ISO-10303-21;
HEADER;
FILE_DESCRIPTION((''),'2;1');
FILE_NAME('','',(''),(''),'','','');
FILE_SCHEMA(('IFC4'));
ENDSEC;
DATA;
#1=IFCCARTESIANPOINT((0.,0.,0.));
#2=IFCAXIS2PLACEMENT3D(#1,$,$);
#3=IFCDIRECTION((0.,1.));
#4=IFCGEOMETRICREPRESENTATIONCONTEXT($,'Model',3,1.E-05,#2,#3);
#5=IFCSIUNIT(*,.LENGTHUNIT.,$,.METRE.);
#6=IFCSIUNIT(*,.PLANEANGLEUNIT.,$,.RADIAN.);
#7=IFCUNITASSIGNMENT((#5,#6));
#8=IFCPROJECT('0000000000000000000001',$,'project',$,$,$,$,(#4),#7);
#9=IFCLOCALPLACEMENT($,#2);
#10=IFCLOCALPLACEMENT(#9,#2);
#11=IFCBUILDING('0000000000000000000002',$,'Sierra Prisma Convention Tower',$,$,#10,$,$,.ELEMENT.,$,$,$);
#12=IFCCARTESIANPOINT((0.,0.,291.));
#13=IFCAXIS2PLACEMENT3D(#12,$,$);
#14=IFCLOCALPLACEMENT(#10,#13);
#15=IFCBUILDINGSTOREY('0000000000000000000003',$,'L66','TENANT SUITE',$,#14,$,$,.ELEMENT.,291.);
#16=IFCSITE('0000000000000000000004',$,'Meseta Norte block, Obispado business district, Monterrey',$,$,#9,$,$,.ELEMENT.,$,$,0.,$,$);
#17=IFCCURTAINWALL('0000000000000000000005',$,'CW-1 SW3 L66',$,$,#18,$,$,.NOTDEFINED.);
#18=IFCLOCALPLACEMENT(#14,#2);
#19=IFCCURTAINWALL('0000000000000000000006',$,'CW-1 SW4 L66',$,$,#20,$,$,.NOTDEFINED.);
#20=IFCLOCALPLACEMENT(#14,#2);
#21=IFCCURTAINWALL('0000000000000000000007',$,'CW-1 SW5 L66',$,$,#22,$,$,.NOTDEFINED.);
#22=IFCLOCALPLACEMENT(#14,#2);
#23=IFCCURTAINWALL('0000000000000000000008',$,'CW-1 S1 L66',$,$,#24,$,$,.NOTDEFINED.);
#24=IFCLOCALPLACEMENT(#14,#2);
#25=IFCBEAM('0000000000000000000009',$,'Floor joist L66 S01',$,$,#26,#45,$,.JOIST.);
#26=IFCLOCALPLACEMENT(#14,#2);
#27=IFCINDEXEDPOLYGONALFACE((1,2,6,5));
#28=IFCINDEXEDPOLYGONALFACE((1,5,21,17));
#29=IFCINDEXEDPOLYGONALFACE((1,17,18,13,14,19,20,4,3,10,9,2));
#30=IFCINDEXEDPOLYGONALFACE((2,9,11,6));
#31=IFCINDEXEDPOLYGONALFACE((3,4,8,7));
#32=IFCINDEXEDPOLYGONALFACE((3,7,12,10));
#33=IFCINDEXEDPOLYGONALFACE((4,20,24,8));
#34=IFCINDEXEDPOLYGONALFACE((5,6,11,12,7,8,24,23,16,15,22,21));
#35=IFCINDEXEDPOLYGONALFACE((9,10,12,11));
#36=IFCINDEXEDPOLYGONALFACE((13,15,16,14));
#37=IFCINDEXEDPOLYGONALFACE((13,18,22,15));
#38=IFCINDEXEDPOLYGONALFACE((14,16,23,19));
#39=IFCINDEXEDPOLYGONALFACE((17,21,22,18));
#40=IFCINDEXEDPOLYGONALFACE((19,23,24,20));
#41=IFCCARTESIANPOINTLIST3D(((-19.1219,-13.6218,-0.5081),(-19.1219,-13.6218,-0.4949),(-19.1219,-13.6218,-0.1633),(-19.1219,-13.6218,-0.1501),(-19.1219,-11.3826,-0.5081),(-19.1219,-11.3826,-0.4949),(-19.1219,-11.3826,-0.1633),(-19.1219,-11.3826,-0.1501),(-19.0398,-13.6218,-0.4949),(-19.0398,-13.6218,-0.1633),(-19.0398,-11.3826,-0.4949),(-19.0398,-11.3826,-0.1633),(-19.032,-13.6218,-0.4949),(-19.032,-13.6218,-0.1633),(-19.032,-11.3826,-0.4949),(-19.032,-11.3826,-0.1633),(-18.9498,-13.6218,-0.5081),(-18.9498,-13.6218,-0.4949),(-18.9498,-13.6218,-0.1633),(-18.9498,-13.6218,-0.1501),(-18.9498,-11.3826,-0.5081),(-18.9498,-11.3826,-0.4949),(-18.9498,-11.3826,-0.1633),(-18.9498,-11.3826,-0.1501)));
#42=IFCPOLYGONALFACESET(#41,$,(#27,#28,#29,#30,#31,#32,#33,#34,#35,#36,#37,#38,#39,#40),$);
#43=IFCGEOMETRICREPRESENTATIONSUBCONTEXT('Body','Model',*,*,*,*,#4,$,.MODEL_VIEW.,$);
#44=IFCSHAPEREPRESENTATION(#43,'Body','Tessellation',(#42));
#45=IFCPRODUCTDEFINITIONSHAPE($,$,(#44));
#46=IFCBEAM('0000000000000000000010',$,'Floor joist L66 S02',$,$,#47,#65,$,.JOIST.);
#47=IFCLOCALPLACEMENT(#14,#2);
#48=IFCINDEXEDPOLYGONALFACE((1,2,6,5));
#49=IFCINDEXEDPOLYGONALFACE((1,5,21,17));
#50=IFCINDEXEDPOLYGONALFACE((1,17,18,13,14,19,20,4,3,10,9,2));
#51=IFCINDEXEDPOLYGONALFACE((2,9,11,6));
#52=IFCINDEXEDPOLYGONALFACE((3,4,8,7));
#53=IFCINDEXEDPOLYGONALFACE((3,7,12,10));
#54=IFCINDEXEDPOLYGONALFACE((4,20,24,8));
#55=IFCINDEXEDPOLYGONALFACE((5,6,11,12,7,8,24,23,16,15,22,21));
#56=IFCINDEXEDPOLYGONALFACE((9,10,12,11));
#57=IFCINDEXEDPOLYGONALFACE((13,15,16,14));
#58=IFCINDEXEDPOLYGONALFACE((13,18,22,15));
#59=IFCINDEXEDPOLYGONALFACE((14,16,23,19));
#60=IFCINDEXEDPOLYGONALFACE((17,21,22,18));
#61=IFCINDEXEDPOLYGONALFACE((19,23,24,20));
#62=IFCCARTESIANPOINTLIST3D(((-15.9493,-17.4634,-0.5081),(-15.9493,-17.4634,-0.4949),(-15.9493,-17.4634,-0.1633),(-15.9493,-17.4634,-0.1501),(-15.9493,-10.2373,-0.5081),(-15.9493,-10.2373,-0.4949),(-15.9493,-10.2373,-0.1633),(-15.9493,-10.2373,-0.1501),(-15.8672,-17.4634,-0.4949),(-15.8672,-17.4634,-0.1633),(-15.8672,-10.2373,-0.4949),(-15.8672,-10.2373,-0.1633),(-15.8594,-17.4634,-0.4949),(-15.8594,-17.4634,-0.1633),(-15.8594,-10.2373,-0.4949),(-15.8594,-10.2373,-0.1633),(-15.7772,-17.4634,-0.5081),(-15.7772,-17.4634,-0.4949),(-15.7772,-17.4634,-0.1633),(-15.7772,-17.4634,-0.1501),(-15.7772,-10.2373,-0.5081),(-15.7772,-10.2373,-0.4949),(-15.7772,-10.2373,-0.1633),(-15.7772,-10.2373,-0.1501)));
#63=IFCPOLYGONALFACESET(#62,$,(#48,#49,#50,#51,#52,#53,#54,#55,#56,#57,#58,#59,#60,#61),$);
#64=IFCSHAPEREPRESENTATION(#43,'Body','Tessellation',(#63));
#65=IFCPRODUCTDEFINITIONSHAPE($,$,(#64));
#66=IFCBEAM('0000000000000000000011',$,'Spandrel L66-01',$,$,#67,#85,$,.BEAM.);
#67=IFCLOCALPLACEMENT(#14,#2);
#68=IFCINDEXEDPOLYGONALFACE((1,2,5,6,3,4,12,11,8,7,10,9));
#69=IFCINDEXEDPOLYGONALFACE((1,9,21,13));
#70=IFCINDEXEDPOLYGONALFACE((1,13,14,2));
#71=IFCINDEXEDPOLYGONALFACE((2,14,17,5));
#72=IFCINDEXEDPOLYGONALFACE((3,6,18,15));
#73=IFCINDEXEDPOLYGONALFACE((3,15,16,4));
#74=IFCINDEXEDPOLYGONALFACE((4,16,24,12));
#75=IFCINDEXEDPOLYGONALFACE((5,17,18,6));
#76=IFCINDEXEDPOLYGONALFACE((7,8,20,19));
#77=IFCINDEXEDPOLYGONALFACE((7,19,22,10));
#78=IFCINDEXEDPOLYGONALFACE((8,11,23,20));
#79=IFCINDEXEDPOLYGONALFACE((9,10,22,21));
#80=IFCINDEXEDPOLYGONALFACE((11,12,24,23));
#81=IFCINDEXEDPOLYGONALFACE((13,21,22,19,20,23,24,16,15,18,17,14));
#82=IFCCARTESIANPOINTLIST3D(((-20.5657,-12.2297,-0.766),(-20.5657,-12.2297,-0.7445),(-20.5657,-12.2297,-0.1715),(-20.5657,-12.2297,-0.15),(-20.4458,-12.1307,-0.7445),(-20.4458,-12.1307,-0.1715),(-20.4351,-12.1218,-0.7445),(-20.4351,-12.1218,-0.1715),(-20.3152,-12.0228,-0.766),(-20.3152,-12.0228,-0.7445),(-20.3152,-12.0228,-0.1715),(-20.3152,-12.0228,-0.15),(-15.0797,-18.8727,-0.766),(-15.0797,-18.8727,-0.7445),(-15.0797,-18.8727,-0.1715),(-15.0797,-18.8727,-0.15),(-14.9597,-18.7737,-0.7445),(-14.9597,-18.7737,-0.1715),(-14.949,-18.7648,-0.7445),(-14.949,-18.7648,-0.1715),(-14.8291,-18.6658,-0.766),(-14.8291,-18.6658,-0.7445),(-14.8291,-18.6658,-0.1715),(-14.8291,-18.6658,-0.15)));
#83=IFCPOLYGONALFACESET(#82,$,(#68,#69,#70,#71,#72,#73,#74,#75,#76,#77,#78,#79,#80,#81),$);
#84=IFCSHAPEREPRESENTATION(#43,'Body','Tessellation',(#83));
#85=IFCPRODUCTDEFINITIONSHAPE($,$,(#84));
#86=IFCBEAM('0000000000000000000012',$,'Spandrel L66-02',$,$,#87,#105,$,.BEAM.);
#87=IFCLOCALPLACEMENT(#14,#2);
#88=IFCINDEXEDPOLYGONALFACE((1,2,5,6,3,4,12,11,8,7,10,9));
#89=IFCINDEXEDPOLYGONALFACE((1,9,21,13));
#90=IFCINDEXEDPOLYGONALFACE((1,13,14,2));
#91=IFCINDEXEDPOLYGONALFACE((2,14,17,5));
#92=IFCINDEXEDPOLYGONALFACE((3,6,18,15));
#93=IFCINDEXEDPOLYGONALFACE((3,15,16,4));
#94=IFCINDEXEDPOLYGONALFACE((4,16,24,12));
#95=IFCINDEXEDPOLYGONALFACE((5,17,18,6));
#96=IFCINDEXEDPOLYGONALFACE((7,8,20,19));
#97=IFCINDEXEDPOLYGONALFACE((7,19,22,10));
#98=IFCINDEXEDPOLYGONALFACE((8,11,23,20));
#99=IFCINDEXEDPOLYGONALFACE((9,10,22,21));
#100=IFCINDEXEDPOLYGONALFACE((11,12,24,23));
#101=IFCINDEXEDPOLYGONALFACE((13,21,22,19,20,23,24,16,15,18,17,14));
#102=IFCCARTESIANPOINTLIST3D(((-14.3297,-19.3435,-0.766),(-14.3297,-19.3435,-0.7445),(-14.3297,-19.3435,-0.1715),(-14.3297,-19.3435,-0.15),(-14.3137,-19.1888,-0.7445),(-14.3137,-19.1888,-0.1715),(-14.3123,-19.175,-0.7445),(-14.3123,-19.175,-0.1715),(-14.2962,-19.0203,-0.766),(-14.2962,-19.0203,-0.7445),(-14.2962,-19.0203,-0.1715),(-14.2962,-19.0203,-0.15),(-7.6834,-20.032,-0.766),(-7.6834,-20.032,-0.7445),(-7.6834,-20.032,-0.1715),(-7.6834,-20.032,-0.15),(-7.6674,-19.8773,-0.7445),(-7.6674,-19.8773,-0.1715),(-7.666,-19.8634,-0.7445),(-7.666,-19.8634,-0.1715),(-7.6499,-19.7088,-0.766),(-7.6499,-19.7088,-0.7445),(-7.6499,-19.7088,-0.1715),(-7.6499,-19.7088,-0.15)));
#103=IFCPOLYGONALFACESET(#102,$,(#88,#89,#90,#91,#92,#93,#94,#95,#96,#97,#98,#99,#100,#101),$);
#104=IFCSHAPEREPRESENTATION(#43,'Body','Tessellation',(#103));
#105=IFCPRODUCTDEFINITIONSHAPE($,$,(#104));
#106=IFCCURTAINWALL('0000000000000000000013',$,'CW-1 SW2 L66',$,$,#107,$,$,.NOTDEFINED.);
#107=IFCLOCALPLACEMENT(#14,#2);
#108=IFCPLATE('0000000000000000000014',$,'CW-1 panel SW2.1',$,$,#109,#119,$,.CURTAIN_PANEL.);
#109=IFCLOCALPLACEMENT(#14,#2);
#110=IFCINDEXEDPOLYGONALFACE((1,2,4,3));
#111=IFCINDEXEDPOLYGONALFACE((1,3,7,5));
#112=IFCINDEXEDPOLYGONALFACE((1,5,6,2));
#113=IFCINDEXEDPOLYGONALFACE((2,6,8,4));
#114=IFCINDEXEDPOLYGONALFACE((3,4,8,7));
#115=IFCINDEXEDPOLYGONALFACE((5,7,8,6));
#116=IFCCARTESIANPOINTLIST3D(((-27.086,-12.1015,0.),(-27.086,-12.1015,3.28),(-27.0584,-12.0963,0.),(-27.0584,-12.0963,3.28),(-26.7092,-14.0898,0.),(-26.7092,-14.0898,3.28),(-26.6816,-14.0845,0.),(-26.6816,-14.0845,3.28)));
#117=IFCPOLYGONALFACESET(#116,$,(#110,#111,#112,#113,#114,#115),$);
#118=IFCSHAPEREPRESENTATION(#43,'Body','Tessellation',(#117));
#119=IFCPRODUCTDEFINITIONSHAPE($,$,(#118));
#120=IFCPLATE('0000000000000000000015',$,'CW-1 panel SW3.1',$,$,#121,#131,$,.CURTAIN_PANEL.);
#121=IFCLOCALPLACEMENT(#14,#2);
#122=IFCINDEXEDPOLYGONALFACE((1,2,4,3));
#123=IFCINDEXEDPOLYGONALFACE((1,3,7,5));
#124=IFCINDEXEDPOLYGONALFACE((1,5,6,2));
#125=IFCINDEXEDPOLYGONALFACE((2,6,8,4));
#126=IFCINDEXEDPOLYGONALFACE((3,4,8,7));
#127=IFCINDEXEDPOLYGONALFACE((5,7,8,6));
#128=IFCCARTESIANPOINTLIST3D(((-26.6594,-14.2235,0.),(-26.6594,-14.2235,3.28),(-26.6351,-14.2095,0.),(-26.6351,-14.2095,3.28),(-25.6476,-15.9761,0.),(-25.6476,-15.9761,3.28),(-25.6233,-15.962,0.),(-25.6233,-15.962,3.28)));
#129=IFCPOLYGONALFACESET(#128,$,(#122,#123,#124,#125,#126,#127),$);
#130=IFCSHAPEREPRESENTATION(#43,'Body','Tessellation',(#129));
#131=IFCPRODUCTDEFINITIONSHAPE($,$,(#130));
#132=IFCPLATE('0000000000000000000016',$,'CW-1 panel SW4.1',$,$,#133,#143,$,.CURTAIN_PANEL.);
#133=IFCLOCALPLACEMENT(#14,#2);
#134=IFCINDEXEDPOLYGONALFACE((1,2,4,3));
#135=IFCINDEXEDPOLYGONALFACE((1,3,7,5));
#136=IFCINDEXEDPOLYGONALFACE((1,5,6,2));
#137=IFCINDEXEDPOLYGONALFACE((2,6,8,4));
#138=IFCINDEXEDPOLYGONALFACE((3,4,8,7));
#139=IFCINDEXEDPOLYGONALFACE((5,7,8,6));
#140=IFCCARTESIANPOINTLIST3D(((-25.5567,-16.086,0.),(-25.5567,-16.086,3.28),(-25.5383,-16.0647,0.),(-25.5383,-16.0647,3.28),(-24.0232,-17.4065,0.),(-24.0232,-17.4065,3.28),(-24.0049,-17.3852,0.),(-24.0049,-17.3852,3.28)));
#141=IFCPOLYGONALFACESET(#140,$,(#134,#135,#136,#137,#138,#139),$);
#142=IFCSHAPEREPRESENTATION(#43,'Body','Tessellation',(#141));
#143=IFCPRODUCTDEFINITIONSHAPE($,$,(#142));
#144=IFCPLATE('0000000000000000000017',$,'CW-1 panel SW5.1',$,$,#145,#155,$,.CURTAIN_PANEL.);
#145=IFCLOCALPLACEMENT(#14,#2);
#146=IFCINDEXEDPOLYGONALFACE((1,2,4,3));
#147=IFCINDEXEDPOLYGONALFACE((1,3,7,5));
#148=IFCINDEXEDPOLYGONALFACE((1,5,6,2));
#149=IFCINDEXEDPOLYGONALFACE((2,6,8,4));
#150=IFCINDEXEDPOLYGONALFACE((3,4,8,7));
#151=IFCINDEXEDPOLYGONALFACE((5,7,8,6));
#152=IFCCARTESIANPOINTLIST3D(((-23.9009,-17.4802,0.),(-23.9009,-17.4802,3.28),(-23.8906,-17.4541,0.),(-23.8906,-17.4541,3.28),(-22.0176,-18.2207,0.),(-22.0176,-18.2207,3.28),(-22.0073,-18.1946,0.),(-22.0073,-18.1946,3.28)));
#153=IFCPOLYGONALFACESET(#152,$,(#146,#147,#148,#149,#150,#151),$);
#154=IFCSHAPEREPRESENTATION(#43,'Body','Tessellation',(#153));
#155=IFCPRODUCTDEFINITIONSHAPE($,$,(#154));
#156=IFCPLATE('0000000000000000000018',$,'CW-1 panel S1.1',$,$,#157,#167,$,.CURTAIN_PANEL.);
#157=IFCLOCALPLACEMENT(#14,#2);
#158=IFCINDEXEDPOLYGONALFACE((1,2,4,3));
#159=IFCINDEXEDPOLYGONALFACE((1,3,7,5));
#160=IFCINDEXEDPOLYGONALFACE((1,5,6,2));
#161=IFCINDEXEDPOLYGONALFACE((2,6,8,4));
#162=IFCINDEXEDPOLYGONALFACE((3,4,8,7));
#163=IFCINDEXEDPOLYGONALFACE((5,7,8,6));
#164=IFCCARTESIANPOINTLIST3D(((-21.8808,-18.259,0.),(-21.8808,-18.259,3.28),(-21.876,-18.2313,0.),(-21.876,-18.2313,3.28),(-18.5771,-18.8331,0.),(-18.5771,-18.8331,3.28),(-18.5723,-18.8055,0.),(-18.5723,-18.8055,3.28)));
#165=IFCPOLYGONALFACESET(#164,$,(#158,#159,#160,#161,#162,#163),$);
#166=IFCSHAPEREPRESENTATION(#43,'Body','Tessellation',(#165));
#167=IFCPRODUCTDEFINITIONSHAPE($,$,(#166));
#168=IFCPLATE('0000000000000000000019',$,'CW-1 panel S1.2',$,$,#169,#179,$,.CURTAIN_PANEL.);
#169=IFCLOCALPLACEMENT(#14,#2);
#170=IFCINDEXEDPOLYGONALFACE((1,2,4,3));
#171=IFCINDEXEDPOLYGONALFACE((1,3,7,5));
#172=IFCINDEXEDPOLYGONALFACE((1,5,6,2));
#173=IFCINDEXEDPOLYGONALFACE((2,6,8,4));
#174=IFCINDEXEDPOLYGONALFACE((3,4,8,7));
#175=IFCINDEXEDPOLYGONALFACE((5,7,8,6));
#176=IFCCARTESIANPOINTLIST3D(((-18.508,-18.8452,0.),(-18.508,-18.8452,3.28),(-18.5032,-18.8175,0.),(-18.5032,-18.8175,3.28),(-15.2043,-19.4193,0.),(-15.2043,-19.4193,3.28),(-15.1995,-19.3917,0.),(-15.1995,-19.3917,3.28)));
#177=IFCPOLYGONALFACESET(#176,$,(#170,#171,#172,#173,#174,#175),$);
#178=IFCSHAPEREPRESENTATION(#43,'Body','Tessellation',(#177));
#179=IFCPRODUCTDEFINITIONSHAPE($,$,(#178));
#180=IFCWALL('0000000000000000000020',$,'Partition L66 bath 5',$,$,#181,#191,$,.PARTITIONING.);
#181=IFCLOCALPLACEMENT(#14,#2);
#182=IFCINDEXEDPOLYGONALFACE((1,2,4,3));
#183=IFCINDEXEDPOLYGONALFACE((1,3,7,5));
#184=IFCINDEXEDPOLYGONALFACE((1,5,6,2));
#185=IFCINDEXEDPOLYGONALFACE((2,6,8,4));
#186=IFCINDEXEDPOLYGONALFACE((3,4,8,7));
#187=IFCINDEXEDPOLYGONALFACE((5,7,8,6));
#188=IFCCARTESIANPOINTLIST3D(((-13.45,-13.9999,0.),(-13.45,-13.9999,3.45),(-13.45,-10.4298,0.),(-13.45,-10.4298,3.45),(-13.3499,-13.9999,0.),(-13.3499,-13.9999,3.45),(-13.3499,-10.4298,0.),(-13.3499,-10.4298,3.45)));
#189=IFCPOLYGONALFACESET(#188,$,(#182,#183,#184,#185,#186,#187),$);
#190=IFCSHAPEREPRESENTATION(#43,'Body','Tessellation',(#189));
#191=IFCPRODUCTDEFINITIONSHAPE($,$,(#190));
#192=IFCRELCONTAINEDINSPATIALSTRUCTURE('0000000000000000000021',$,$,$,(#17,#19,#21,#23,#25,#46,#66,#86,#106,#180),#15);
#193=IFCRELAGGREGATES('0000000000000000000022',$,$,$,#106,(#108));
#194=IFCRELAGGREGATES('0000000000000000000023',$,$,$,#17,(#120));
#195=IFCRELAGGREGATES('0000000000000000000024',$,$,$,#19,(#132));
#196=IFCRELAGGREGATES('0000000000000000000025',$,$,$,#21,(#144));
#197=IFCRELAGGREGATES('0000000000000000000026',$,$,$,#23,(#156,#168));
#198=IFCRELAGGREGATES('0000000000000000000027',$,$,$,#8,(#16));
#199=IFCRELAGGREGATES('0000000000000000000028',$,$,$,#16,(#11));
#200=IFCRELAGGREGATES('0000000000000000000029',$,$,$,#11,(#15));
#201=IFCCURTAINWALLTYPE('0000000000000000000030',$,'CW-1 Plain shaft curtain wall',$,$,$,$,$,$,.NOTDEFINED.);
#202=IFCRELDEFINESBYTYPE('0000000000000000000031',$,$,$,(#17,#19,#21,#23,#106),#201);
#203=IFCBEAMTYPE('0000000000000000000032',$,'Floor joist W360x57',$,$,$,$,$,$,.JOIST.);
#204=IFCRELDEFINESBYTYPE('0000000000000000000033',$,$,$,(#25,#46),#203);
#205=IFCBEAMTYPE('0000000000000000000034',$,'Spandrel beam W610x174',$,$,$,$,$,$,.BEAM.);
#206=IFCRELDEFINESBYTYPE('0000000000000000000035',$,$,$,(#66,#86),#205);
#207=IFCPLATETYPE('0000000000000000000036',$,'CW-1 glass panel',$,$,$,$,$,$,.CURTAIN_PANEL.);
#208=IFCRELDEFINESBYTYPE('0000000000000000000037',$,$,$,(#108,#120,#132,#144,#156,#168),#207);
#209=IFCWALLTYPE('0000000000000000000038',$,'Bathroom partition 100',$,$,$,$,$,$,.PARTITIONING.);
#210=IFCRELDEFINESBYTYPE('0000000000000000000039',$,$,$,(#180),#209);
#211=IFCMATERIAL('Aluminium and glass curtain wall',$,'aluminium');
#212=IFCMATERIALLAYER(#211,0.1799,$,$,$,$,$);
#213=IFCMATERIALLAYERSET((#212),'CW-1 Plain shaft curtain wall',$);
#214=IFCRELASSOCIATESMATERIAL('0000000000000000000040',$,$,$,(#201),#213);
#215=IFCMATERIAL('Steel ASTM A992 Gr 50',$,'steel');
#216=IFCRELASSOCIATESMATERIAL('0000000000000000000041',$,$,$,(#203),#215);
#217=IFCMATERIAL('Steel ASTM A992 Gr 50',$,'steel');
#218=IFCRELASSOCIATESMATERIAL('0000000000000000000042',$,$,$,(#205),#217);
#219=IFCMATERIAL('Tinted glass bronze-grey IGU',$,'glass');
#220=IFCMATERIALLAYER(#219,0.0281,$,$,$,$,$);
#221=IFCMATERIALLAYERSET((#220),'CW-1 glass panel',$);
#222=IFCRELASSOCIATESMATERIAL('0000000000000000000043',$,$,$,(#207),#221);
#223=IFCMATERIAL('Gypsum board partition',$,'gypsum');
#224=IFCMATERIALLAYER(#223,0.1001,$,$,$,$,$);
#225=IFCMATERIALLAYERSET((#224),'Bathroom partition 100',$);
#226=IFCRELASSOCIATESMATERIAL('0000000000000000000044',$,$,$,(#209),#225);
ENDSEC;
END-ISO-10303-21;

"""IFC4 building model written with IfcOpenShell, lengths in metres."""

from ifc_helpers import new_model, si_unit, direction, frame, frame_2d, origin, origin_2d, place, context, subcontext, project, spatial, rectangle, i_section, extrude, material, layer, layer_set, material_profile, profile_set, type_object, element, aggregate, save


model = new_model("IFC4")

# Units and contexts
model_context = context("Model", 3, precision=1e-05, world=origin(), true_north=direction((0.0, 1.0)))
body_context = subcontext(model_context, "Body", "Model", "MODEL_VIEW")
ifc_project = project(units=[si_unit("LENGTHUNIT", "METRE"), si_unit("PLANEANGLEUNIT", "RADIAN")], contexts=[model_context])

# Site, building, storey
site_placement = place(None, origin())
site = spatial("IfcSite", under=ifc_project, at=site_placement, Name="Meseta Norte block, Obispado business district, Monterrey", CompositionType="ELEMENT", RefElevation=0.0)
building_placement = place(site_placement, origin())
building = spatial("IfcBuilding", under=site, at=building_placement, Name="Sierra Prisma Convention Tower", CompositionType="ELEMENT")
storey_placement = place(building_placement, frame((0.0, 0.0, 291.0)))
storey = spatial("IfcBuildingStorey", under=building, at=storey_placement, Name="L66", Description="TENANT SUITE", CompositionType="ELEMENT", Elevation=291.0)

# Curtain walls
ifc_material_1 = material(Name="Aluminium and glass curtain wall", Category="aluminium")
ifc_layer_1 = layer(ifc_material_1, 0.1799)
ifc_layer_set_1 = layer_set([ifc_layer_1], Name="CW-1 Plain shaft curtain wall")
curtain_wall_type = type_object("IfcCurtainWallType", Name="CW-1 Plain shaft curtain wall", PredefinedType="NOTDEFINED", material=ifc_layer_set_1)
curtain_wall_1_placement = place(storey_placement, origin())
curtain_wall_1 = element("IfcCurtainWall", 1, at=curtain_wall_1_placement, inside=storey, type_object=curtain_wall_type, Name="CW-1 SW3 L66", PredefinedType="NOTDEFINED")
curtain_wall_2_placement = place(storey_placement, origin())
curtain_wall_2 = element("IfcCurtainWall", 2, at=curtain_wall_2_placement, inside=storey, type_object=curtain_wall_type, Name="CW-1 SW4 L66", PredefinedType="NOTDEFINED")
curtain_wall_3_placement = place(storey_placement, origin())
curtain_wall_3 = element("IfcCurtainWall", 3, at=curtain_wall_3_placement, inside=storey, type_object=curtain_wall_type, Name="CW-1 SW5 L66", PredefinedType="NOTDEFINED")

# Curtain wall
curtain_wall_4_placement = place(storey_placement, origin())
curtain_wall_4 = element("IfcCurtainWall", 4, at=curtain_wall_4_placement, inside=storey, type_object=curtain_wall_type, Name="CW-1 S1 L66", PredefinedType="NOTDEFINED")

# Beams
ifc_material_2 = material(Name="Steel ASTM A992 Gr 50", Category="steel")
ifc_material_profile_1 = material_profile(ifc_material_2, i_section(OverallWidth=0.1721, OverallDepth=0.3579, WebThickness=0.0078, FlangeThickness=0.0132, at=origin_2d()), Name="W360x57")
ifc_profile_set_1 = profile_set([ifc_material_profile_1], Name="Steel ASTM A992 Gr 50")
beam_type_1 = type_object("IfcBeamType", Name="Floor joist W360x57", PredefinedType="JOIST", material=ifc_profile_set_1)
beam_1_placement = place(storey_placement, frame((-19.0359, -13.6218, -0.3291), z_axis=(0.0, 1.0, 0.0), x_axis=(-1.0, 0.0, 0.0)))
element("IfcBeam", 5, at=beam_1_placement, inside=storey, type_object=beam_type_1, Name="Floor joist L66 S01", PredefinedType="JOIST", context=body_context, shape_type="SweptSolid", body=[
    extrude(i_section(OverallWidth=0.1721, OverallDepth=0.3579, WebThickness=0.0078, FlangeThickness=0.0132, at=origin_2d()), origin(), (0.0, 0.0, 1.0), 2.2393),
])
beam_2_placement = place(storey_placement, frame((-15.8633, -17.4634, -0.3291), z_axis=(0.0, 1.0, 0.0), x_axis=(-1.0, 0.0, 0.0)))
element("IfcBeam", 6, at=beam_2_placement, inside=storey, type_object=beam_type_1, Name="Floor joist L66 S02", PredefinedType="JOIST", context=body_context, shape_type="SweptSolid", body=[
    extrude(i_section(OverallWidth=0.1721, OverallDepth=0.3579, WebThickness=0.0078, FlangeThickness=0.0132, at=origin_2d()), origin(), (0.0, 0.0, 1.0), 7.2261),
])
ifc_material_3 = material(Name="Steel ASTM A992 Gr 50", Category="steel")
ifc_material_profile_2 = material_profile(ifc_material_3, i_section(OverallWidth=0.325, OverallDepth=0.616, WebThickness=0.0139, FlangeThickness=0.0215, at=origin_2d()), Name="W610x174")
ifc_profile_set_2 = profile_set([ifc_material_profile_2], Name="Steel ASTM A992 Gr 50")
beam_type_2 = type_object("IfcBeamType", Name="Spandrel beam W610x174", PredefinedType="BEAM", material=ifc_profile_set_2)
beam_3_placement = place(storey_placement, frame((-20.4404, -12.1262, -0.458), z_axis=(0.636766, -0.771057, 0.0), x_axis=(0.771057, 0.636766, 0.0)))
element("IfcBeam", 7, at=beam_3_placement, inside=storey, type_object=beam_type_2, Name="Spandrel L66-01", PredefinedType="BEAM", context=body_context, shape_type="SweptSolid", body=[
    extrude(i_section(OverallWidth=0.325, OverallDepth=0.616, WebThickness=0.0139, FlangeThickness=0.0215, at=origin_2d()), origin(), (0.0, 0.0, 1.0), 8.6155),
])
beam_4_placement = place(storey_placement, frame((-14.313, -19.1819, -0.458), z_axis=(0.994677, -0.103038, 0.0), x_axis=(0.103038, 0.994677, 0.0)))
element("IfcBeam", 8, at=beam_4_placement, inside=storey, type_object=beam_type_2, Name="Spandrel L66-02", PredefinedType="BEAM", context=body_context, shape_type="SweptSolid", body=[
    extrude(i_section(OverallWidth=0.325, OverallDepth=0.616, WebThickness=0.0139, FlangeThickness=0.0215, at=origin_2d()), origin(), (0.0, 0.0, 1.0), 6.6819),
])

# Curtain wall, plate
curtain_wall_5_placement = place(storey_placement, origin())
curtain_wall_5 = element("IfcCurtainWall", 9, at=curtain_wall_5_placement, inside=storey, type_object=curtain_wall_type, Name="CW-1 SW2 L66", PredefinedType="NOTDEFINED")
ifc_material_4 = material(Name="Tinted glass bronze-grey IGU", Category="glass")
ifc_layer_2 = layer(ifc_material_4, 0.0281)
ifc_layer_set_2 = layer_set([ifc_layer_2], Name="CW-1 glass panel")
plate_type = type_object("IfcPlateType", Name="CW-1 glass panel", PredefinedType="CURTAIN_PANEL", material=ifc_layer_set_2)
plate_1_placement = place(storey_placement, frame((-26.8838, -13.093, 0.0), z_axis=(0.0, 0.0, 1.0), x_axis=(0.18622, -0.982508, 0.0)))
plate_1 = element("IfcPlate", 10, at=plate_1_placement, type_object=plate_type, Name="CW-1 panel SW2.1", PredefinedType="CURTAIN_PANEL", context=body_context, shape_type="SweptSolid", body=[
    extrude(rectangle(XDim=2.0237, YDim=0.0281, at=origin_2d()), origin(), (0.0, 0.0, 1.0), 3.28),
])
aggregate(curtain_wall_5, [plate_1])

# Plates
plate_2_placement = place(storey_placement, frame((-26.1414, -15.0928, 0.0), z_axis=(0.0, 0.0, 1.0), x_axis=(0.5, -0.866025, 0.0)))
plate_2 = element("IfcPlate", 11, at=plate_2_placement, type_object=plate_type, Name="CW-1 panel SW3.1", PredefinedType="CURTAIN_PANEL", context=body_context, shape_type="SweptSolid", body=[
    extrude(rectangle(XDim=2.0237, YDim=0.0281, at=origin_2d()), origin(), (0.0, 0.0, 1.0), 3.28),
])
aggregate(curtain_wall_1, [plate_2])
plate_3_placement = place(storey_placement, frame((-24.7808, -16.7356, 0.0), z_axis=(0.0, 0.0, 1.0), x_axis=(0.757767, -0.652525, 0.0)))
plate_3 = element("IfcPlate", 12, at=plate_3_placement, type_object=plate_type, Name="CW-1 panel SW4.1", PredefinedType="CURTAIN_PANEL", context=body_context, shape_type="SweptSolid", body=[
    extrude(rectangle(XDim=2.0237, YDim=0.0281, at=origin_2d()), origin(), (0.0, 0.0, 1.0), 3.28),
])
aggregate(curtain_wall_2, [plate_3])
plate_4_placement = place(storey_placement, frame((-22.9541, -17.8374, 0.0), z_axis=(0.0, 0.0, 1.0), x_axis=(0.930644, -0.365925, 0.0)))
plate_4 = element("IfcPlate", 13, at=plate_4_placement, type_object=plate_type, Name="CW-1 panel SW5.1", PredefinedType="CURTAIN_PANEL", context=body_context, shape_type="SweptSolid", body=[
    extrude(rectangle(XDim=2.0237, YDim=0.0281, at=origin_2d()), origin(), (0.0, 0.0, 1.0), 3.28),
])
aggregate(curtain_wall_3, [plate_4])
plate_5_placement = place(storey_placement, frame((-20.2266, -18.5322, 0.0), z_axis=(0.0, 0.0, 1.0), x_axis=(0.985233, -0.171222, 0.0)))
plate_5 = element("IfcPlate", 14, at=plate_5_placement, type_object=plate_type, Name="CW-1 panel S1.1", PredefinedType="CURTAIN_PANEL", context=body_context, shape_type="SweptSolid", body=[
    extrude(rectangle(XDim=3.3533, YDim=0.0281, at=origin_2d()), origin(), (0.0, 0.0, 1.0), 3.28),
])
plate_6_placement = place(storey_placement, frame((-16.8538, -19.1184, 0.0), z_axis=(0.0, 0.0, 1.0), x_axis=(0.985233, -0.171222, 0.0)))
plate_6 = element("IfcPlate", 15, at=plate_6_placement, type_object=plate_type, Name="CW-1 panel S1.2", PredefinedType="CURTAIN_PANEL", context=body_context, shape_type="SweptSolid", body=[
    extrude(rectangle(XDim=3.3533, YDim=0.0281, at=origin_2d()), origin(), (0.0, 0.0, 1.0), 3.28),
])
aggregate(curtain_wall_4, [plate_5, plate_6])

# Wall
ifc_material_5 = material(Name="Gypsum board partition", Category="gypsum")
ifc_layer_3 = layer(ifc_material_5, 0.1001)
ifc_layer_set_3 = layer_set([ifc_layer_3], Name="Bathroom partition 100")
wall_type = type_object("IfcWallType", Name="Bathroom partition 100", PredefinedType="PARTITIONING", material=ifc_layer_set_3)
wall_placement = place(storey_placement, frame((-13.3999, -14.0, 0.0), z_axis=(0.0, 0.0, 1.0), x_axis=(0.0, 1.0, 0.0)))
element("IfcWall", 16, at=wall_placement, inside=storey, type_object=wall_type, Name="Partition L66 bath 5", PredefinedType="PARTITIONING", context=body_context, shape_type="SweptSolid", body=[
    extrude(rectangle(XDim=3.5701, YDim=0.1001, at=frame_2d((1.7852, 0.0))), origin(), (0.0, 0.0, 1.0), 3.45),
])

save(model, "model.ifc")
